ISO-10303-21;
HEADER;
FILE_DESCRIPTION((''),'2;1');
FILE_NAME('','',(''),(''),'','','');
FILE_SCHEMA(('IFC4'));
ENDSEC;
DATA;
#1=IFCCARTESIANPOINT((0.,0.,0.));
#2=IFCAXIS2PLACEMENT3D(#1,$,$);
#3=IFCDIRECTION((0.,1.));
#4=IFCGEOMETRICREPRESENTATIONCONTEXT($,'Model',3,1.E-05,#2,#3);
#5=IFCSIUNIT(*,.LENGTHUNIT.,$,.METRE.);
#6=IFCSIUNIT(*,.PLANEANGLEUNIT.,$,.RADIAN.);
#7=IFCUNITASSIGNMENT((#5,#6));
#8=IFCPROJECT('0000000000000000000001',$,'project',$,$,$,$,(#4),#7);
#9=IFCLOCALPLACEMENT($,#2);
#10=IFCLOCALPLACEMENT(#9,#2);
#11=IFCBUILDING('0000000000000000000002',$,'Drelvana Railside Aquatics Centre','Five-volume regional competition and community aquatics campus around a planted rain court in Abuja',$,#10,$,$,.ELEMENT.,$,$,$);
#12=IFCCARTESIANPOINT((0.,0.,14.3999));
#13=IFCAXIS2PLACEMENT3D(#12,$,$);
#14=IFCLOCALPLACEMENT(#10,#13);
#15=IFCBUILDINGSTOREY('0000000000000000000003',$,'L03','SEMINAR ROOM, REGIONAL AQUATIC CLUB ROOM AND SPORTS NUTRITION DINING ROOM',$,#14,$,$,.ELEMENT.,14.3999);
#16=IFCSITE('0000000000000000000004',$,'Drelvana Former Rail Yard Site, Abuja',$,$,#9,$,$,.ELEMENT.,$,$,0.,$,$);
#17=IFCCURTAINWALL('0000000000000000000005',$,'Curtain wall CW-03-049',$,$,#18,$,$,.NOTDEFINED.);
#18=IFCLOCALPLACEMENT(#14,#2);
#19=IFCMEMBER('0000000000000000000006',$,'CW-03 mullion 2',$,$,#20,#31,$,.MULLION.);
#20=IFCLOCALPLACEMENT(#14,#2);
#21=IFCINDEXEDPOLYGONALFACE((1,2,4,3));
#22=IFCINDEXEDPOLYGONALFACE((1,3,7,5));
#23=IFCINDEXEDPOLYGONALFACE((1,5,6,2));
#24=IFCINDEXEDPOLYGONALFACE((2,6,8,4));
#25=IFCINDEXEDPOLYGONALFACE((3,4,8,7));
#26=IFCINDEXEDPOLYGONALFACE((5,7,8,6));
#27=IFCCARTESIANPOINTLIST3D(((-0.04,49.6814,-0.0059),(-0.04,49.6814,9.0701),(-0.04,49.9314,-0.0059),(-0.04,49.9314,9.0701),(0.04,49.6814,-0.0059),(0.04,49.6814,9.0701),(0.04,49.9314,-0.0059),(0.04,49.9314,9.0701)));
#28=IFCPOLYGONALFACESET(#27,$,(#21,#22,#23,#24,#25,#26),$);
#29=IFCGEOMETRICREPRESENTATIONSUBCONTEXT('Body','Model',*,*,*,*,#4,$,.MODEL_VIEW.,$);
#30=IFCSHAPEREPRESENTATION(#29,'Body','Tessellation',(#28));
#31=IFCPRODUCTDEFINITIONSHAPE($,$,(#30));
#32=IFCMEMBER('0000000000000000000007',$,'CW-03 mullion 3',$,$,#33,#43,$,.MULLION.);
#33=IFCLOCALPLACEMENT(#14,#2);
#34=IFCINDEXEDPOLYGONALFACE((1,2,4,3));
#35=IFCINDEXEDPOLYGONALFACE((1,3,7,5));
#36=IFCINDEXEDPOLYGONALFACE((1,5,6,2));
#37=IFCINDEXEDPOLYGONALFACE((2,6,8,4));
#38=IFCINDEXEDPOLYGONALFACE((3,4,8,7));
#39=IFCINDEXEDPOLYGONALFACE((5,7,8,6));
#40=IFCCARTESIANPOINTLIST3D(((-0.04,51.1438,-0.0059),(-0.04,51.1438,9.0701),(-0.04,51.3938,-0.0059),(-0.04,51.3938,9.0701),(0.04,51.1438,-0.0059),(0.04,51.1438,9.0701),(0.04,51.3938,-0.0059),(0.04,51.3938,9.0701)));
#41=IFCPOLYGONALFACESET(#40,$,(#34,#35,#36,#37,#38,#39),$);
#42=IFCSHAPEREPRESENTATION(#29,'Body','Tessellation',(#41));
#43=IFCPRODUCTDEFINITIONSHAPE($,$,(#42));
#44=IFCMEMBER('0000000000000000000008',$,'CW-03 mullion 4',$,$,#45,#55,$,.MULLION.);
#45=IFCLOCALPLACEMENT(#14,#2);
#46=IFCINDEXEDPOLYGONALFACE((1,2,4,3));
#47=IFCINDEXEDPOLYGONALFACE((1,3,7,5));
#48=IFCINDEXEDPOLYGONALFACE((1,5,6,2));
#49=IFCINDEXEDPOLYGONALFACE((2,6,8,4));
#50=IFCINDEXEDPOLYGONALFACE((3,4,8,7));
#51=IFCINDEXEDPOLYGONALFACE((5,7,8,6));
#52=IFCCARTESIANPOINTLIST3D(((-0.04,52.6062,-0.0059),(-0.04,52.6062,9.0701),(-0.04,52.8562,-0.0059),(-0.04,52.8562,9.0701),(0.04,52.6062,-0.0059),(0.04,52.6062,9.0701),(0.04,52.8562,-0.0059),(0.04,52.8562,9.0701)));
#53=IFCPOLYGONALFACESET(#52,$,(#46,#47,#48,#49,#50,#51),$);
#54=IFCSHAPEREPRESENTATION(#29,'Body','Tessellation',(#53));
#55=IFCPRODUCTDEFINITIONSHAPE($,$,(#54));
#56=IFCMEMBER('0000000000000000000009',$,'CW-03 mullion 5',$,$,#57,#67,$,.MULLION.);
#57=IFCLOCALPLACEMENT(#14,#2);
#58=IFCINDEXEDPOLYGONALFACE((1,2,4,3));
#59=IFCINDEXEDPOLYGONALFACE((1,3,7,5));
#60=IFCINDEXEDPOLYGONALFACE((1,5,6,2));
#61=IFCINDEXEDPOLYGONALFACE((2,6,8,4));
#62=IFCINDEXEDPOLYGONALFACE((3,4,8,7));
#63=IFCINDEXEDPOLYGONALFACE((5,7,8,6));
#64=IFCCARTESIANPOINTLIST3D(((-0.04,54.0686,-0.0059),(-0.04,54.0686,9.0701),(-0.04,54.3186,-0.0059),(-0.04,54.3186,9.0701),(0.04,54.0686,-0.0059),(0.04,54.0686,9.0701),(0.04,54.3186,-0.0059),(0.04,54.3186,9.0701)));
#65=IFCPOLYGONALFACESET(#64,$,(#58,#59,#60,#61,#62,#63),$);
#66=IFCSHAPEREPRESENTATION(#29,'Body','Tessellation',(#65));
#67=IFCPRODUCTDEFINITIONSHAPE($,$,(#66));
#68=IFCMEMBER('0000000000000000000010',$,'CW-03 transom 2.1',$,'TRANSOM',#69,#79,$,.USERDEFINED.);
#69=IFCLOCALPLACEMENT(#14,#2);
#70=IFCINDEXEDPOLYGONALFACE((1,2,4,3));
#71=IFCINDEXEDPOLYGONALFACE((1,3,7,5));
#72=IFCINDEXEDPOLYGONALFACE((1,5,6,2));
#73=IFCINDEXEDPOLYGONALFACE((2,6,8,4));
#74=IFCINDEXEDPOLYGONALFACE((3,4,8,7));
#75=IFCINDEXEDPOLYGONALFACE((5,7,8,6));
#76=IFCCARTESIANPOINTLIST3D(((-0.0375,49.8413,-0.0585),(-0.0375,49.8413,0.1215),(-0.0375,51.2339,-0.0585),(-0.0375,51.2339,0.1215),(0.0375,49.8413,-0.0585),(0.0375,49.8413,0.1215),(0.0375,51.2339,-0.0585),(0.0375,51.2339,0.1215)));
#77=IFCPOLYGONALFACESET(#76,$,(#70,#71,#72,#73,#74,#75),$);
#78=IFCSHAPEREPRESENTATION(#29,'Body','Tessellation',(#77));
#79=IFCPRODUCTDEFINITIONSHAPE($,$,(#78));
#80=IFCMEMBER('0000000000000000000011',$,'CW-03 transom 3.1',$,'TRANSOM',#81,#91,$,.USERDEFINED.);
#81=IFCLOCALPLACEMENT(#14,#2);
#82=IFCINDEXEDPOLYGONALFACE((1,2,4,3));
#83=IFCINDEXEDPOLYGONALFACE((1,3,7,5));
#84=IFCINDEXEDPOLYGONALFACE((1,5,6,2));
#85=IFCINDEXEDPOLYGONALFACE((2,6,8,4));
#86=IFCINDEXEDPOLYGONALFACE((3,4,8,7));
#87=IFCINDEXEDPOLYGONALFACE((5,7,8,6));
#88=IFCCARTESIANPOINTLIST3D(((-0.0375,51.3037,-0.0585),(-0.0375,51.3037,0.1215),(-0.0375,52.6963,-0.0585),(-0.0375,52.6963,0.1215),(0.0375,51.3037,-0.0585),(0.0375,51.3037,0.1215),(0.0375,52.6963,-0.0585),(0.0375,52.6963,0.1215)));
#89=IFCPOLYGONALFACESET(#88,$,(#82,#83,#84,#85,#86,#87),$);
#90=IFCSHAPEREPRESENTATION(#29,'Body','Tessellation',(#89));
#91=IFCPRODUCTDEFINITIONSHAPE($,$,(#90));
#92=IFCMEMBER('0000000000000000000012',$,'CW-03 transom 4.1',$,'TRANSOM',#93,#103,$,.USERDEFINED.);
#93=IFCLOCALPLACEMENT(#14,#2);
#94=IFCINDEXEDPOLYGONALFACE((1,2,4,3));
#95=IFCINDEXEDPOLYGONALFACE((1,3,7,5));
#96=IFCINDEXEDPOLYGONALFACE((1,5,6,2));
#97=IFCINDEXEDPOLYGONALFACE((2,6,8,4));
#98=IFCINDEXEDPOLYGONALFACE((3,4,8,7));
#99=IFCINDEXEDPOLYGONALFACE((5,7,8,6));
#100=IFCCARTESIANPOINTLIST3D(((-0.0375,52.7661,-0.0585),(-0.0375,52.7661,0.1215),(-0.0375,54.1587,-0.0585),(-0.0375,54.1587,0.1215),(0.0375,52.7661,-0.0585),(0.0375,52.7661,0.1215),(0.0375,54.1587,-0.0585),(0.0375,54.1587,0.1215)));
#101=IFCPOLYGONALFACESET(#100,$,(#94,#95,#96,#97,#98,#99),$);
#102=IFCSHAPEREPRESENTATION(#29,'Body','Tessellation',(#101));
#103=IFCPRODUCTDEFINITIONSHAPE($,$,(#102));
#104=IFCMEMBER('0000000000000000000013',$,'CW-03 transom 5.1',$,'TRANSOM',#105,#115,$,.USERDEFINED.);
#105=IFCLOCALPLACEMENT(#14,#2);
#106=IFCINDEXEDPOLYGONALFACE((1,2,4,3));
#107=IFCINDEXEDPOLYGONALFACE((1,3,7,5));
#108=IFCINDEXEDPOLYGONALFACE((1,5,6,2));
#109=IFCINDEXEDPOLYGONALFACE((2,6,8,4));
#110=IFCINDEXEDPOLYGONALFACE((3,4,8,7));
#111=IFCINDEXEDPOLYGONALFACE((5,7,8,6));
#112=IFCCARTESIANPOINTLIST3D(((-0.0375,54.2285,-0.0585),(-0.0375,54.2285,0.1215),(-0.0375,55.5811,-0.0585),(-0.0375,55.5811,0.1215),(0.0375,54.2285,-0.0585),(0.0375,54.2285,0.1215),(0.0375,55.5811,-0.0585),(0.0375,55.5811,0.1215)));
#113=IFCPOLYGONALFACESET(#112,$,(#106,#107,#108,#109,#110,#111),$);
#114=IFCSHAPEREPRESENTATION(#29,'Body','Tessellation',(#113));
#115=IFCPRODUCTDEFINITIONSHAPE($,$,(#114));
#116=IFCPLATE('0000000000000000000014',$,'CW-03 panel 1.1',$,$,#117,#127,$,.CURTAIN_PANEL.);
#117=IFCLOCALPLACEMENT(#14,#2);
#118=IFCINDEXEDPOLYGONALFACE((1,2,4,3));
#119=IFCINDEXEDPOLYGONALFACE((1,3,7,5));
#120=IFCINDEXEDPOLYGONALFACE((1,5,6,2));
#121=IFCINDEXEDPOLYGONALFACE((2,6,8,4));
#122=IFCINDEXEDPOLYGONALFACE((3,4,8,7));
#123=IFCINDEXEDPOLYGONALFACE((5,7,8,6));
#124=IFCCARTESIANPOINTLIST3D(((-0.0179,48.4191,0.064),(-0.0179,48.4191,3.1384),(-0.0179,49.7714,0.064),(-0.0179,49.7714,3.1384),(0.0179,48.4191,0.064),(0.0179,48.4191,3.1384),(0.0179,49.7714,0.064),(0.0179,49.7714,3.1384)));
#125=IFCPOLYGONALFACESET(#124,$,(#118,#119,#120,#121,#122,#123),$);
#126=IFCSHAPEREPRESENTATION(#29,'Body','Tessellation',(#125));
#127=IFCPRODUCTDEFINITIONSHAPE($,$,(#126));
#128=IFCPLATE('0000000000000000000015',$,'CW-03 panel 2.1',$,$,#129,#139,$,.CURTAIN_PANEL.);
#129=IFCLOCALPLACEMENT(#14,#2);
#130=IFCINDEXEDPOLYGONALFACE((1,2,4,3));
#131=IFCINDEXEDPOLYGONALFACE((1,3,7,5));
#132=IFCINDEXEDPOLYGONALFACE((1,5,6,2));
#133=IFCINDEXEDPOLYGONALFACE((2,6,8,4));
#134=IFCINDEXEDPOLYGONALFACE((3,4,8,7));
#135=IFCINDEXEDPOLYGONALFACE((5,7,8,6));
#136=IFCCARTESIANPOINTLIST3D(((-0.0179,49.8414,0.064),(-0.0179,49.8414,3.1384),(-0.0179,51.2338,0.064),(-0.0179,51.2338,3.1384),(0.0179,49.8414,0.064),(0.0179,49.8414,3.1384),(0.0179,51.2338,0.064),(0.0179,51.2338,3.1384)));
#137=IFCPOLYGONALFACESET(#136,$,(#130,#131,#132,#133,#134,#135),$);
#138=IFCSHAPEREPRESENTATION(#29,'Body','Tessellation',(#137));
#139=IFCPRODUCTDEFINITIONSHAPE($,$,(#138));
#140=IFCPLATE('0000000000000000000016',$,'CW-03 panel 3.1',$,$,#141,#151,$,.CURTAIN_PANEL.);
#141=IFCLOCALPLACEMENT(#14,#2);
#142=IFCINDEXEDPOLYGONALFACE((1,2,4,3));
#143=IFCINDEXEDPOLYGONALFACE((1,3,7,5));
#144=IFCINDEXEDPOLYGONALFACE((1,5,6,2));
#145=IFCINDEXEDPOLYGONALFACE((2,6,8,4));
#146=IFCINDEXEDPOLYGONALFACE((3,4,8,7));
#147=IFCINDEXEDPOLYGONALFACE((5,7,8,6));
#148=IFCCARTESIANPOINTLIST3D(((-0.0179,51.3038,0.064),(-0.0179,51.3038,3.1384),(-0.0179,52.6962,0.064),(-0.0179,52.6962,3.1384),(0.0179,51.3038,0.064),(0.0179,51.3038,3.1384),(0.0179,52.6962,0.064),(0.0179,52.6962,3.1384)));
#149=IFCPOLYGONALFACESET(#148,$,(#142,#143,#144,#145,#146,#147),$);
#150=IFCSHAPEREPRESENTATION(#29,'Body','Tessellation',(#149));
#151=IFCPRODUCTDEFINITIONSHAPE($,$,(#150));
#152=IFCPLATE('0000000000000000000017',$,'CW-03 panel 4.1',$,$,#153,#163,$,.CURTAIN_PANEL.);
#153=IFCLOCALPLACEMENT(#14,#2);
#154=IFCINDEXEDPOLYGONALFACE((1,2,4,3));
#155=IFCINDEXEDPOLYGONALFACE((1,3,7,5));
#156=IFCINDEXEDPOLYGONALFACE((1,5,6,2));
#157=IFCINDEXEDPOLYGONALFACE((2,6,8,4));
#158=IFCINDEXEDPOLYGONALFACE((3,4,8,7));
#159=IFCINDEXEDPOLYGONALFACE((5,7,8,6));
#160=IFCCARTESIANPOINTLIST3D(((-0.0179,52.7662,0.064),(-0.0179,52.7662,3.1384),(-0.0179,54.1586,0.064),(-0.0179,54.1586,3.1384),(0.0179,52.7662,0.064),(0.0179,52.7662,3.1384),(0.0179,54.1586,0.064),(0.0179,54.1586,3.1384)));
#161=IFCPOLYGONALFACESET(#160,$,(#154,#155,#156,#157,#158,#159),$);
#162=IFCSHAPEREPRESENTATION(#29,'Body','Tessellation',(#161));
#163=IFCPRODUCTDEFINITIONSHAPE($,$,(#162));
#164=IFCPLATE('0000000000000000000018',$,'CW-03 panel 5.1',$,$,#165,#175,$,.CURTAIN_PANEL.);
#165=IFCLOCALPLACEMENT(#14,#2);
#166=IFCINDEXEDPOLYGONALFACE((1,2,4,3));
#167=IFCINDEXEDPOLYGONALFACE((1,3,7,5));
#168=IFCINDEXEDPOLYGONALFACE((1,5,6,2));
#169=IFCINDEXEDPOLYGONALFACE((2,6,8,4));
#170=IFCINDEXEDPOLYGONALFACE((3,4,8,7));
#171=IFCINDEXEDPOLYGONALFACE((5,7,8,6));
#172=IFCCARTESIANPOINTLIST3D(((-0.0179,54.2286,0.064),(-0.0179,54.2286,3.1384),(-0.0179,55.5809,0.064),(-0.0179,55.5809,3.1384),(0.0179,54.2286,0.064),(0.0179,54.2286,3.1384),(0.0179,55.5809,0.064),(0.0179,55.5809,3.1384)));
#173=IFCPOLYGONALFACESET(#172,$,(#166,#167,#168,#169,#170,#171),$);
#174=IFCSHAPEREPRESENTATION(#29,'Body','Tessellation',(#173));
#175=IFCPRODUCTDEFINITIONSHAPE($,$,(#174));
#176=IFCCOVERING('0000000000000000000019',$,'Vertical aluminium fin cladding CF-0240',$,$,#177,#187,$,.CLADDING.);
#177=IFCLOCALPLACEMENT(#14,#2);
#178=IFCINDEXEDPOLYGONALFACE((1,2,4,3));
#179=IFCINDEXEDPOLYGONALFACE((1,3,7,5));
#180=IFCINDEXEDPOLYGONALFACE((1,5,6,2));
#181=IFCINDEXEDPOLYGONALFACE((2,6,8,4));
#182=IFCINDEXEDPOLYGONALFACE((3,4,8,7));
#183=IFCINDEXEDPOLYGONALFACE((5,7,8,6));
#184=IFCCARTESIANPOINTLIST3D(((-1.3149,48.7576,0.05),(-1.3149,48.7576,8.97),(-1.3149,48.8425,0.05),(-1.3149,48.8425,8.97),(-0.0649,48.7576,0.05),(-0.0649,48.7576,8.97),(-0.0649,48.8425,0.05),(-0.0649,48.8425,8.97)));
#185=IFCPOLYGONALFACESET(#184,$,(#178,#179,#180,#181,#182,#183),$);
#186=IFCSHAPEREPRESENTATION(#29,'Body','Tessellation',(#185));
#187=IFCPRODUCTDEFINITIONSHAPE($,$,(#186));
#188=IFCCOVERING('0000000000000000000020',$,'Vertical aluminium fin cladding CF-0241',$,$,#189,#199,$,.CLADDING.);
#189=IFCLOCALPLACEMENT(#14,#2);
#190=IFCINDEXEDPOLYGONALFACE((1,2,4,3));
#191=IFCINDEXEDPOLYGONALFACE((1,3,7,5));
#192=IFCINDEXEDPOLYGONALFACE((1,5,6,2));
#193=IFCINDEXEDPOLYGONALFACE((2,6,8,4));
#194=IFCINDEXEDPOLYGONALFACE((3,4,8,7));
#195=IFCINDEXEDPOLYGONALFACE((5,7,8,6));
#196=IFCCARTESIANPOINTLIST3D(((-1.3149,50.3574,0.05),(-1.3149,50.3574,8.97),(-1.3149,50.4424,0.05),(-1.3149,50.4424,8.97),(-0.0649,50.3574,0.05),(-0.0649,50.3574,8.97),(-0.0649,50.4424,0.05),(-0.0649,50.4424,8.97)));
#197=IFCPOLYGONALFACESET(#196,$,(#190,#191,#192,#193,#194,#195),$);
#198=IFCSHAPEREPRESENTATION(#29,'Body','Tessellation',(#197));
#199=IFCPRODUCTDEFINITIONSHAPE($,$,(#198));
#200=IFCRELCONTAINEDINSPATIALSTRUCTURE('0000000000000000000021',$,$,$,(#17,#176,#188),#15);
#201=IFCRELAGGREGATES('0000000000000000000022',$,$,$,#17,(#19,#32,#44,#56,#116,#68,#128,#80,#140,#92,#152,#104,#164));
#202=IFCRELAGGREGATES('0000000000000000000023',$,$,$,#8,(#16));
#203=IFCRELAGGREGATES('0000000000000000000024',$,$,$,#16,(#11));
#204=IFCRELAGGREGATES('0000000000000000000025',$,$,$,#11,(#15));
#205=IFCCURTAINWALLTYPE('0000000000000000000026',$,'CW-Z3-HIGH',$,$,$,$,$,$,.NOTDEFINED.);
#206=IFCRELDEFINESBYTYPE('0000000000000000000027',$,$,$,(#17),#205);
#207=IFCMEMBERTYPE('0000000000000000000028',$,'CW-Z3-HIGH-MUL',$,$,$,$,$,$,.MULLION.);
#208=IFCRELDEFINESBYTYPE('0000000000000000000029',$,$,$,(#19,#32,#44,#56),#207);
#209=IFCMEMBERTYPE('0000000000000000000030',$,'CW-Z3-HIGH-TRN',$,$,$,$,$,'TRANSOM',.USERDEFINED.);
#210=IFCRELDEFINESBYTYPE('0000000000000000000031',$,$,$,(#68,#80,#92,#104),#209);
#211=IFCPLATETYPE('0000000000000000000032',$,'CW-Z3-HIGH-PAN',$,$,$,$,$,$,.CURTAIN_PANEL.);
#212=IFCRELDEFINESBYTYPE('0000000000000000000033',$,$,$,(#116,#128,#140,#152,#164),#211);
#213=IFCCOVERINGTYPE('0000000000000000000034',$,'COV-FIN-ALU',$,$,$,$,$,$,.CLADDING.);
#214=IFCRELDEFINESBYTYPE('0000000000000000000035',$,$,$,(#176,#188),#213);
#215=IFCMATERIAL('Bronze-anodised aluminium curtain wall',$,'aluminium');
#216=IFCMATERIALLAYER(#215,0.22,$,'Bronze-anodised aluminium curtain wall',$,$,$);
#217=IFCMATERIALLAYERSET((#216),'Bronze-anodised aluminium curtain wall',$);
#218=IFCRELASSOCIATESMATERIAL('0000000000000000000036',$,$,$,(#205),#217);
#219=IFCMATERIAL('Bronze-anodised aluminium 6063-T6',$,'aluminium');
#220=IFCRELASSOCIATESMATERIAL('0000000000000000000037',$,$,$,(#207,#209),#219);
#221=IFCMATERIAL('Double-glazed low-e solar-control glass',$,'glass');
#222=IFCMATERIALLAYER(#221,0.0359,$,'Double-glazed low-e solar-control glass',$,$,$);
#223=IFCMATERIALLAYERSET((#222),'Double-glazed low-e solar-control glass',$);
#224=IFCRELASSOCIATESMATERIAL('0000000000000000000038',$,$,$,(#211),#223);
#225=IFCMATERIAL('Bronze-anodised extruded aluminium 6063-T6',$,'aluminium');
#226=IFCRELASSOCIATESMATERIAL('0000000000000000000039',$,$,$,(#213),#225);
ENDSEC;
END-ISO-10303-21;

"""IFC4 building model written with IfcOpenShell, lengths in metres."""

from ifc_helpers import new_model, si_unit, direction, frame, origin, origin_2d, place, context, subcontext, project, spatial, rectangle, extrude, material, layer, layer_set, material_profile, profile_set, type_object, element, aggregate, save


model = new_model("IFC4")

# Units and contexts
model_context = context("Model", 3, precision=1e-05, world=origin(), true_north=direction((0.0, 1.0)))
body_context = subcontext(model_context, "Body", "Model", "MODEL_VIEW")
ifc_project = project(units=[si_unit("LENGTHUNIT", "METRE"), si_unit("PLANEANGLEUNIT", "RADIAN")], contexts=[model_context])

# Site, building, storey
site_placement = place(None, origin())
site = spatial("IfcSite", under=ifc_project, at=site_placement, Name="Drelvana Former Rail Yard Site, Abuja", CompositionType="ELEMENT", RefElevation=0.0)
building_placement = place(site_placement, origin())
building = spatial("IfcBuilding", under=site, at=building_placement, Name="Drelvana Railside Aquatics Centre", Description="Five-volume regional competition and community aquatics campus around a planted rain court in Abuja", CompositionType="ELEMENT")
storey_placement = place(building_placement, frame((0.0, 0.0, 14.3999)))
storey = spatial("IfcBuildingStorey", under=building, at=storey_placement, Name="L03", Description="SEMINAR ROOM, REGIONAL AQUATIC CLUB ROOM AND SPORTS NUTRITION DINING ROOM", CompositionType="ELEMENT", Elevation=14.3999)

# Curtain wall, members, plates
ifc_material_1 = material(Name="Bronze-anodised aluminium curtain wall", Category="aluminium")
ifc_layer_1 = layer(ifc_material_1, 0.22, Name="Bronze-anodised aluminium curtain wall")
ifc_layer_set_1 = layer_set([ifc_layer_1], Name="Bronze-anodised aluminium curtain wall")
curtain_wall_type = type_object("IfcCurtainWallType", Name="CW-Z3-HIGH", PredefinedType="NOTDEFINED", material=ifc_layer_set_1)
curtain_wall_placement = place(storey_placement, origin())
curtain_wall = element("IfcCurtainWall", 1, at=curtain_wall_placement, inside=storey, type_object=curtain_wall_type, Name="Curtain wall CW-03-049", PredefinedType="NOTDEFINED")
ifc_material_2 = material(Name="Bronze-anodised aluminium 6063-T6", Category="aluminium")
ifc_material_profile_1 = material_profile(ifc_material_2, rectangle(XDim=0.0801, YDim=0.25, at=origin_2d()), Name="ALU-M 80x250")
ifc_profile_set_1 = profile_set([ifc_material_profile_1], Name="Bronze-anodised aluminium 6063-T6")
member_type_1 = type_object("IfcMemberType", Name="CW-Z3-HIGH-MUL", PredefinedType="MULLION", material=ifc_profile_set_1)
member_1_placement = place(storey_placement, frame((0.0, 49.8064, -0.0059), z_axis=(0.0, 0.0, 1.0), x_axis=(-1.0, 0.0, 0.0)))
member_1 = element("IfcMember", 2, at=member_1_placement, type_object=member_type_1, Name="CW-03 mullion 2", PredefinedType="MULLION", context=body_context, shape_type="SweptSolid", body=[
    extrude(rectangle(XDim=0.0801, YDim=0.25, at=origin_2d()), origin(), (0.0, 0.0, 1.0), 9.0759),
])
member_2_placement = place(storey_placement, frame((0.0, 51.2688, -0.0059), z_axis=(0.0, 0.0, 1.0), x_axis=(-1.0, 0.0, 0.0)))
member_2 = element("IfcMember", 3, at=member_2_placement, type_object=member_type_1, Name="CW-03 mullion 3", PredefinedType="MULLION", context=body_context, shape_type="SweptSolid", body=[
    extrude(rectangle(XDim=0.0801, YDim=0.25, at=origin_2d()), origin(), (0.0, 0.0, 1.0), 9.0759),
])
member_3_placement = place(storey_placement, frame((0.0, 52.7312, -0.0059), z_axis=(0.0, 0.0, 1.0), x_axis=(-1.0, 0.0, 0.0)))
member_3 = element("IfcMember", 4, at=member_3_placement, type_object=member_type_1, Name="CW-03 mullion 4", PredefinedType="MULLION", context=body_context, shape_type="SweptSolid", body=[
    extrude(rectangle(XDim=0.0801, YDim=0.25, at=origin_2d()), origin(), (0.0, 0.0, 1.0), 9.0759),
])
member_4_placement = place(storey_placement, frame((0.0, 54.1936, -0.0059), z_axis=(0.0, 0.0, 1.0), x_axis=(-1.0, 0.0, 0.0)))
member_4 = element("IfcMember", 5, at=member_4_placement, type_object=member_type_1, Name="CW-03 mullion 5", PredefinedType="MULLION", context=body_context, shape_type="SweptSolid", body=[
    extrude(rectangle(XDim=0.0801, YDim=0.25, at=origin_2d()), origin(), (0.0, 0.0, 1.0), 9.0759),
])
ifc_material_profile_2 = material_profile(ifc_material_2, rectangle(XDim=0.1799, YDim=0.075, at=origin_2d()), Name="ALU-T 75x180")
ifc_profile_set_2 = profile_set([ifc_material_profile_2], Name="Bronze-anodised aluminium 6063-T6")
member_type_2 = type_object("IfcMemberType", Name="CW-Z3-HIGH-TRN", ElementType="TRANSOM", PredefinedType="USERDEFINED", material=ifc_profile_set_2)
member_5_placement = place(storey_placement, frame((0.0, 49.8413, 0.0315), z_axis=(0.0, 1.0, 0.0), x_axis=(0.0, 0.0, 1.0)))
member_5 = element("IfcMember", 6, at=member_5_placement, type_object=member_type_2, Name="CW-03 transom 2.1", ObjectType="TRANSOM", PredefinedType="USERDEFINED", context=body_context, shape_type="SweptSolid", body=[
    extrude(rectangle(XDim=0.1799, YDim=0.075, at=origin_2d()), origin(), (0.0, 0.0, 1.0), 1.3926),
])
member_6_placement = place(storey_placement, frame((0.0, 51.3037, 0.0315), z_axis=(0.0, 1.0, 0.0), x_axis=(0.0, 0.0, 1.0)))
member_6 = element("IfcMember", 7, at=member_6_placement, type_object=member_type_2, Name="CW-03 transom 3.1", ObjectType="TRANSOM", PredefinedType="USERDEFINED", context=body_context, shape_type="SweptSolid", body=[
    extrude(rectangle(XDim=0.1799, YDim=0.075, at=origin_2d()), origin(), (0.0, 0.0, 1.0), 1.3926),
])
member_7_placement = place(storey_placement, frame((0.0, 52.7661, 0.0315), z_axis=(0.0, 1.0, 0.0), x_axis=(0.0, 0.0, 1.0)))
member_7 = element("IfcMember", 8, at=member_7_placement, type_object=member_type_2, Name="CW-03 transom 4.1", ObjectType="TRANSOM", PredefinedType="USERDEFINED", context=body_context, shape_type="SweptSolid", body=[
    extrude(rectangle(XDim=0.1799, YDim=0.075, at=origin_2d()), origin(), (0.0, 0.0, 1.0), 1.3926),
])
member_8_placement = place(storey_placement, frame((0.0, 54.2285, 0.0315), z_axis=(0.0, 1.0, 0.0), x_axis=(0.0, 0.0, 1.0)))
member_8 = element("IfcMember", 9, at=member_8_placement, type_object=member_type_2, Name="CW-03 transom 5.1", ObjectType="TRANSOM", PredefinedType="USERDEFINED", context=body_context, shape_type="SweptSolid", body=[
    extrude(rectangle(XDim=0.1799, YDim=0.075, at=origin_2d()), origin(), (0.0, 0.0, 1.0), 1.3525),
])
ifc_material_3 = material(Name="Double-glazed low-e solar-control glass", Category="glass")
ifc_layer_2 = layer(ifc_material_3, 0.0359, Name="Double-glazed low-e solar-control glass")
ifc_layer_set_2 = layer_set([ifc_layer_2], Name="Double-glazed low-e solar-control glass")
plate_type = type_object("IfcPlateType", Name="CW-Z3-HIGH-PAN", PredefinedType="CURTAIN_PANEL", material=ifc_layer_set_2)
plate_1_placement = place(storey_placement, frame((0.0, 49.0952, 0.064), z_axis=(0.0, 0.0, 1.0), x_axis=(0.0, 1.0, 0.0)))
plate_1 = element("IfcPlate", 10, at=plate_1_placement, type_object=plate_type, Name="CW-03 panel 1.1", PredefinedType="CURTAIN_PANEL", context=body_context, shape_type="SweptSolid", body=[
    extrude(rectangle(XDim=1.3523, YDim=0.0359, at=origin_2d()), origin(), (0.0, 0.0, 1.0), 3.0745),
])
plate_2_placement = place(storey_placement, frame((0.0, 50.5376, 0.064), z_axis=(0.0, 0.0, 1.0), x_axis=(0.0, 1.0, 0.0)))
plate_2 = element("IfcPlate", 11, at=plate_2_placement, type_object=plate_type, Name="CW-03 panel 2.1", PredefinedType="CURTAIN_PANEL", context=body_context, shape_type="SweptSolid", body=[
    extrude(rectangle(XDim=1.3923, YDim=0.0359, at=origin_2d()), origin(), (0.0, 0.0, 1.0), 3.0745),
])
plate_3_placement = place(storey_placement, frame((0.0, 52.0, 0.064), z_axis=(0.0, 0.0, 1.0), x_axis=(0.0, 1.0, 0.0)))
plate_3 = element("IfcPlate", 12, at=plate_3_placement, type_object=plate_type, Name="CW-03 panel 3.1", PredefinedType="CURTAIN_PANEL", context=body_context, shape_type="SweptSolid", body=[
    extrude(rectangle(XDim=1.3923, YDim=0.0359, at=origin_2d()), origin(), (0.0, 0.0, 1.0), 3.0745),
])
plate_4_placement = place(storey_placement, frame((0.0, 53.4624, 0.064), z_axis=(0.0, 0.0, 1.0), x_axis=(0.0, 1.0, 0.0)))
plate_4 = element("IfcPlate", 13, at=plate_4_placement, type_object=plate_type, Name="CW-03 panel 4.1", PredefinedType="CURTAIN_PANEL", context=body_context, shape_type="SweptSolid", body=[
    extrude(rectangle(XDim=1.3923, YDim=0.0359, at=origin_2d()), origin(), (0.0, 0.0, 1.0), 3.0745),
])
plate_5_placement = place(storey_placement, frame((0.0, 54.9048, 0.064), z_axis=(0.0, 0.0, 1.0), x_axis=(0.0, 1.0, 0.0)))
plate_5 = element("IfcPlate", 14, at=plate_5_placement, type_object=plate_type, Name="CW-03 panel 5.1", PredefinedType="CURTAIN_PANEL", context=body_context, shape_type="SweptSolid", body=[
    extrude(rectangle(XDim=1.3523, YDim=0.0359, at=origin_2d()), origin(), (0.0, 0.0, 1.0), 3.0745),
])
aggregate(curtain_wall, [member_1, member_2, member_3, member_4, plate_1, member_5, plate_2, member_6, plate_3, member_7, plate_4, member_8, plate_5])

# Coverings
ifc_material_4 = material(Name="Bronze-anodised extruded aluminium 6063-T6", Category="aluminium")
covering_type = type_object("IfcCoveringType", Name="COV-FIN-ALU", PredefinedType="CLADDING", material=ifc_material_4)
for number, where, z_axis, x_axis, name in (
    (15, (-0.6899, 48.8, 0.05), (0.0, 0.0, 1.0), (0.0, 1.0, 0.0), "Vertical aluminium fin cladding CF-0240"),
    (16, (-0.6899, 50.3999, 0.05), (0.0, 0.0, 1.0), (0.0, 1.0, 0.0), "Vertical aluminium fin cladding CF-0241"),
):
    element("IfcCovering", number, at=place(storey_placement, frame(where, z_axis=z_axis, x_axis=x_axis)), inside=storey, type_object=covering_type, Name=name, PredefinedType="CLADDING", context=body_context, shape_type="SweptSolid", body=[
        extrude(rectangle(XDim=0.085, YDim=1.25, at=origin_2d()), origin(), (0.0, 0.0, 1.0), 8.9199),
    ])

save(model, "model.ifc")
